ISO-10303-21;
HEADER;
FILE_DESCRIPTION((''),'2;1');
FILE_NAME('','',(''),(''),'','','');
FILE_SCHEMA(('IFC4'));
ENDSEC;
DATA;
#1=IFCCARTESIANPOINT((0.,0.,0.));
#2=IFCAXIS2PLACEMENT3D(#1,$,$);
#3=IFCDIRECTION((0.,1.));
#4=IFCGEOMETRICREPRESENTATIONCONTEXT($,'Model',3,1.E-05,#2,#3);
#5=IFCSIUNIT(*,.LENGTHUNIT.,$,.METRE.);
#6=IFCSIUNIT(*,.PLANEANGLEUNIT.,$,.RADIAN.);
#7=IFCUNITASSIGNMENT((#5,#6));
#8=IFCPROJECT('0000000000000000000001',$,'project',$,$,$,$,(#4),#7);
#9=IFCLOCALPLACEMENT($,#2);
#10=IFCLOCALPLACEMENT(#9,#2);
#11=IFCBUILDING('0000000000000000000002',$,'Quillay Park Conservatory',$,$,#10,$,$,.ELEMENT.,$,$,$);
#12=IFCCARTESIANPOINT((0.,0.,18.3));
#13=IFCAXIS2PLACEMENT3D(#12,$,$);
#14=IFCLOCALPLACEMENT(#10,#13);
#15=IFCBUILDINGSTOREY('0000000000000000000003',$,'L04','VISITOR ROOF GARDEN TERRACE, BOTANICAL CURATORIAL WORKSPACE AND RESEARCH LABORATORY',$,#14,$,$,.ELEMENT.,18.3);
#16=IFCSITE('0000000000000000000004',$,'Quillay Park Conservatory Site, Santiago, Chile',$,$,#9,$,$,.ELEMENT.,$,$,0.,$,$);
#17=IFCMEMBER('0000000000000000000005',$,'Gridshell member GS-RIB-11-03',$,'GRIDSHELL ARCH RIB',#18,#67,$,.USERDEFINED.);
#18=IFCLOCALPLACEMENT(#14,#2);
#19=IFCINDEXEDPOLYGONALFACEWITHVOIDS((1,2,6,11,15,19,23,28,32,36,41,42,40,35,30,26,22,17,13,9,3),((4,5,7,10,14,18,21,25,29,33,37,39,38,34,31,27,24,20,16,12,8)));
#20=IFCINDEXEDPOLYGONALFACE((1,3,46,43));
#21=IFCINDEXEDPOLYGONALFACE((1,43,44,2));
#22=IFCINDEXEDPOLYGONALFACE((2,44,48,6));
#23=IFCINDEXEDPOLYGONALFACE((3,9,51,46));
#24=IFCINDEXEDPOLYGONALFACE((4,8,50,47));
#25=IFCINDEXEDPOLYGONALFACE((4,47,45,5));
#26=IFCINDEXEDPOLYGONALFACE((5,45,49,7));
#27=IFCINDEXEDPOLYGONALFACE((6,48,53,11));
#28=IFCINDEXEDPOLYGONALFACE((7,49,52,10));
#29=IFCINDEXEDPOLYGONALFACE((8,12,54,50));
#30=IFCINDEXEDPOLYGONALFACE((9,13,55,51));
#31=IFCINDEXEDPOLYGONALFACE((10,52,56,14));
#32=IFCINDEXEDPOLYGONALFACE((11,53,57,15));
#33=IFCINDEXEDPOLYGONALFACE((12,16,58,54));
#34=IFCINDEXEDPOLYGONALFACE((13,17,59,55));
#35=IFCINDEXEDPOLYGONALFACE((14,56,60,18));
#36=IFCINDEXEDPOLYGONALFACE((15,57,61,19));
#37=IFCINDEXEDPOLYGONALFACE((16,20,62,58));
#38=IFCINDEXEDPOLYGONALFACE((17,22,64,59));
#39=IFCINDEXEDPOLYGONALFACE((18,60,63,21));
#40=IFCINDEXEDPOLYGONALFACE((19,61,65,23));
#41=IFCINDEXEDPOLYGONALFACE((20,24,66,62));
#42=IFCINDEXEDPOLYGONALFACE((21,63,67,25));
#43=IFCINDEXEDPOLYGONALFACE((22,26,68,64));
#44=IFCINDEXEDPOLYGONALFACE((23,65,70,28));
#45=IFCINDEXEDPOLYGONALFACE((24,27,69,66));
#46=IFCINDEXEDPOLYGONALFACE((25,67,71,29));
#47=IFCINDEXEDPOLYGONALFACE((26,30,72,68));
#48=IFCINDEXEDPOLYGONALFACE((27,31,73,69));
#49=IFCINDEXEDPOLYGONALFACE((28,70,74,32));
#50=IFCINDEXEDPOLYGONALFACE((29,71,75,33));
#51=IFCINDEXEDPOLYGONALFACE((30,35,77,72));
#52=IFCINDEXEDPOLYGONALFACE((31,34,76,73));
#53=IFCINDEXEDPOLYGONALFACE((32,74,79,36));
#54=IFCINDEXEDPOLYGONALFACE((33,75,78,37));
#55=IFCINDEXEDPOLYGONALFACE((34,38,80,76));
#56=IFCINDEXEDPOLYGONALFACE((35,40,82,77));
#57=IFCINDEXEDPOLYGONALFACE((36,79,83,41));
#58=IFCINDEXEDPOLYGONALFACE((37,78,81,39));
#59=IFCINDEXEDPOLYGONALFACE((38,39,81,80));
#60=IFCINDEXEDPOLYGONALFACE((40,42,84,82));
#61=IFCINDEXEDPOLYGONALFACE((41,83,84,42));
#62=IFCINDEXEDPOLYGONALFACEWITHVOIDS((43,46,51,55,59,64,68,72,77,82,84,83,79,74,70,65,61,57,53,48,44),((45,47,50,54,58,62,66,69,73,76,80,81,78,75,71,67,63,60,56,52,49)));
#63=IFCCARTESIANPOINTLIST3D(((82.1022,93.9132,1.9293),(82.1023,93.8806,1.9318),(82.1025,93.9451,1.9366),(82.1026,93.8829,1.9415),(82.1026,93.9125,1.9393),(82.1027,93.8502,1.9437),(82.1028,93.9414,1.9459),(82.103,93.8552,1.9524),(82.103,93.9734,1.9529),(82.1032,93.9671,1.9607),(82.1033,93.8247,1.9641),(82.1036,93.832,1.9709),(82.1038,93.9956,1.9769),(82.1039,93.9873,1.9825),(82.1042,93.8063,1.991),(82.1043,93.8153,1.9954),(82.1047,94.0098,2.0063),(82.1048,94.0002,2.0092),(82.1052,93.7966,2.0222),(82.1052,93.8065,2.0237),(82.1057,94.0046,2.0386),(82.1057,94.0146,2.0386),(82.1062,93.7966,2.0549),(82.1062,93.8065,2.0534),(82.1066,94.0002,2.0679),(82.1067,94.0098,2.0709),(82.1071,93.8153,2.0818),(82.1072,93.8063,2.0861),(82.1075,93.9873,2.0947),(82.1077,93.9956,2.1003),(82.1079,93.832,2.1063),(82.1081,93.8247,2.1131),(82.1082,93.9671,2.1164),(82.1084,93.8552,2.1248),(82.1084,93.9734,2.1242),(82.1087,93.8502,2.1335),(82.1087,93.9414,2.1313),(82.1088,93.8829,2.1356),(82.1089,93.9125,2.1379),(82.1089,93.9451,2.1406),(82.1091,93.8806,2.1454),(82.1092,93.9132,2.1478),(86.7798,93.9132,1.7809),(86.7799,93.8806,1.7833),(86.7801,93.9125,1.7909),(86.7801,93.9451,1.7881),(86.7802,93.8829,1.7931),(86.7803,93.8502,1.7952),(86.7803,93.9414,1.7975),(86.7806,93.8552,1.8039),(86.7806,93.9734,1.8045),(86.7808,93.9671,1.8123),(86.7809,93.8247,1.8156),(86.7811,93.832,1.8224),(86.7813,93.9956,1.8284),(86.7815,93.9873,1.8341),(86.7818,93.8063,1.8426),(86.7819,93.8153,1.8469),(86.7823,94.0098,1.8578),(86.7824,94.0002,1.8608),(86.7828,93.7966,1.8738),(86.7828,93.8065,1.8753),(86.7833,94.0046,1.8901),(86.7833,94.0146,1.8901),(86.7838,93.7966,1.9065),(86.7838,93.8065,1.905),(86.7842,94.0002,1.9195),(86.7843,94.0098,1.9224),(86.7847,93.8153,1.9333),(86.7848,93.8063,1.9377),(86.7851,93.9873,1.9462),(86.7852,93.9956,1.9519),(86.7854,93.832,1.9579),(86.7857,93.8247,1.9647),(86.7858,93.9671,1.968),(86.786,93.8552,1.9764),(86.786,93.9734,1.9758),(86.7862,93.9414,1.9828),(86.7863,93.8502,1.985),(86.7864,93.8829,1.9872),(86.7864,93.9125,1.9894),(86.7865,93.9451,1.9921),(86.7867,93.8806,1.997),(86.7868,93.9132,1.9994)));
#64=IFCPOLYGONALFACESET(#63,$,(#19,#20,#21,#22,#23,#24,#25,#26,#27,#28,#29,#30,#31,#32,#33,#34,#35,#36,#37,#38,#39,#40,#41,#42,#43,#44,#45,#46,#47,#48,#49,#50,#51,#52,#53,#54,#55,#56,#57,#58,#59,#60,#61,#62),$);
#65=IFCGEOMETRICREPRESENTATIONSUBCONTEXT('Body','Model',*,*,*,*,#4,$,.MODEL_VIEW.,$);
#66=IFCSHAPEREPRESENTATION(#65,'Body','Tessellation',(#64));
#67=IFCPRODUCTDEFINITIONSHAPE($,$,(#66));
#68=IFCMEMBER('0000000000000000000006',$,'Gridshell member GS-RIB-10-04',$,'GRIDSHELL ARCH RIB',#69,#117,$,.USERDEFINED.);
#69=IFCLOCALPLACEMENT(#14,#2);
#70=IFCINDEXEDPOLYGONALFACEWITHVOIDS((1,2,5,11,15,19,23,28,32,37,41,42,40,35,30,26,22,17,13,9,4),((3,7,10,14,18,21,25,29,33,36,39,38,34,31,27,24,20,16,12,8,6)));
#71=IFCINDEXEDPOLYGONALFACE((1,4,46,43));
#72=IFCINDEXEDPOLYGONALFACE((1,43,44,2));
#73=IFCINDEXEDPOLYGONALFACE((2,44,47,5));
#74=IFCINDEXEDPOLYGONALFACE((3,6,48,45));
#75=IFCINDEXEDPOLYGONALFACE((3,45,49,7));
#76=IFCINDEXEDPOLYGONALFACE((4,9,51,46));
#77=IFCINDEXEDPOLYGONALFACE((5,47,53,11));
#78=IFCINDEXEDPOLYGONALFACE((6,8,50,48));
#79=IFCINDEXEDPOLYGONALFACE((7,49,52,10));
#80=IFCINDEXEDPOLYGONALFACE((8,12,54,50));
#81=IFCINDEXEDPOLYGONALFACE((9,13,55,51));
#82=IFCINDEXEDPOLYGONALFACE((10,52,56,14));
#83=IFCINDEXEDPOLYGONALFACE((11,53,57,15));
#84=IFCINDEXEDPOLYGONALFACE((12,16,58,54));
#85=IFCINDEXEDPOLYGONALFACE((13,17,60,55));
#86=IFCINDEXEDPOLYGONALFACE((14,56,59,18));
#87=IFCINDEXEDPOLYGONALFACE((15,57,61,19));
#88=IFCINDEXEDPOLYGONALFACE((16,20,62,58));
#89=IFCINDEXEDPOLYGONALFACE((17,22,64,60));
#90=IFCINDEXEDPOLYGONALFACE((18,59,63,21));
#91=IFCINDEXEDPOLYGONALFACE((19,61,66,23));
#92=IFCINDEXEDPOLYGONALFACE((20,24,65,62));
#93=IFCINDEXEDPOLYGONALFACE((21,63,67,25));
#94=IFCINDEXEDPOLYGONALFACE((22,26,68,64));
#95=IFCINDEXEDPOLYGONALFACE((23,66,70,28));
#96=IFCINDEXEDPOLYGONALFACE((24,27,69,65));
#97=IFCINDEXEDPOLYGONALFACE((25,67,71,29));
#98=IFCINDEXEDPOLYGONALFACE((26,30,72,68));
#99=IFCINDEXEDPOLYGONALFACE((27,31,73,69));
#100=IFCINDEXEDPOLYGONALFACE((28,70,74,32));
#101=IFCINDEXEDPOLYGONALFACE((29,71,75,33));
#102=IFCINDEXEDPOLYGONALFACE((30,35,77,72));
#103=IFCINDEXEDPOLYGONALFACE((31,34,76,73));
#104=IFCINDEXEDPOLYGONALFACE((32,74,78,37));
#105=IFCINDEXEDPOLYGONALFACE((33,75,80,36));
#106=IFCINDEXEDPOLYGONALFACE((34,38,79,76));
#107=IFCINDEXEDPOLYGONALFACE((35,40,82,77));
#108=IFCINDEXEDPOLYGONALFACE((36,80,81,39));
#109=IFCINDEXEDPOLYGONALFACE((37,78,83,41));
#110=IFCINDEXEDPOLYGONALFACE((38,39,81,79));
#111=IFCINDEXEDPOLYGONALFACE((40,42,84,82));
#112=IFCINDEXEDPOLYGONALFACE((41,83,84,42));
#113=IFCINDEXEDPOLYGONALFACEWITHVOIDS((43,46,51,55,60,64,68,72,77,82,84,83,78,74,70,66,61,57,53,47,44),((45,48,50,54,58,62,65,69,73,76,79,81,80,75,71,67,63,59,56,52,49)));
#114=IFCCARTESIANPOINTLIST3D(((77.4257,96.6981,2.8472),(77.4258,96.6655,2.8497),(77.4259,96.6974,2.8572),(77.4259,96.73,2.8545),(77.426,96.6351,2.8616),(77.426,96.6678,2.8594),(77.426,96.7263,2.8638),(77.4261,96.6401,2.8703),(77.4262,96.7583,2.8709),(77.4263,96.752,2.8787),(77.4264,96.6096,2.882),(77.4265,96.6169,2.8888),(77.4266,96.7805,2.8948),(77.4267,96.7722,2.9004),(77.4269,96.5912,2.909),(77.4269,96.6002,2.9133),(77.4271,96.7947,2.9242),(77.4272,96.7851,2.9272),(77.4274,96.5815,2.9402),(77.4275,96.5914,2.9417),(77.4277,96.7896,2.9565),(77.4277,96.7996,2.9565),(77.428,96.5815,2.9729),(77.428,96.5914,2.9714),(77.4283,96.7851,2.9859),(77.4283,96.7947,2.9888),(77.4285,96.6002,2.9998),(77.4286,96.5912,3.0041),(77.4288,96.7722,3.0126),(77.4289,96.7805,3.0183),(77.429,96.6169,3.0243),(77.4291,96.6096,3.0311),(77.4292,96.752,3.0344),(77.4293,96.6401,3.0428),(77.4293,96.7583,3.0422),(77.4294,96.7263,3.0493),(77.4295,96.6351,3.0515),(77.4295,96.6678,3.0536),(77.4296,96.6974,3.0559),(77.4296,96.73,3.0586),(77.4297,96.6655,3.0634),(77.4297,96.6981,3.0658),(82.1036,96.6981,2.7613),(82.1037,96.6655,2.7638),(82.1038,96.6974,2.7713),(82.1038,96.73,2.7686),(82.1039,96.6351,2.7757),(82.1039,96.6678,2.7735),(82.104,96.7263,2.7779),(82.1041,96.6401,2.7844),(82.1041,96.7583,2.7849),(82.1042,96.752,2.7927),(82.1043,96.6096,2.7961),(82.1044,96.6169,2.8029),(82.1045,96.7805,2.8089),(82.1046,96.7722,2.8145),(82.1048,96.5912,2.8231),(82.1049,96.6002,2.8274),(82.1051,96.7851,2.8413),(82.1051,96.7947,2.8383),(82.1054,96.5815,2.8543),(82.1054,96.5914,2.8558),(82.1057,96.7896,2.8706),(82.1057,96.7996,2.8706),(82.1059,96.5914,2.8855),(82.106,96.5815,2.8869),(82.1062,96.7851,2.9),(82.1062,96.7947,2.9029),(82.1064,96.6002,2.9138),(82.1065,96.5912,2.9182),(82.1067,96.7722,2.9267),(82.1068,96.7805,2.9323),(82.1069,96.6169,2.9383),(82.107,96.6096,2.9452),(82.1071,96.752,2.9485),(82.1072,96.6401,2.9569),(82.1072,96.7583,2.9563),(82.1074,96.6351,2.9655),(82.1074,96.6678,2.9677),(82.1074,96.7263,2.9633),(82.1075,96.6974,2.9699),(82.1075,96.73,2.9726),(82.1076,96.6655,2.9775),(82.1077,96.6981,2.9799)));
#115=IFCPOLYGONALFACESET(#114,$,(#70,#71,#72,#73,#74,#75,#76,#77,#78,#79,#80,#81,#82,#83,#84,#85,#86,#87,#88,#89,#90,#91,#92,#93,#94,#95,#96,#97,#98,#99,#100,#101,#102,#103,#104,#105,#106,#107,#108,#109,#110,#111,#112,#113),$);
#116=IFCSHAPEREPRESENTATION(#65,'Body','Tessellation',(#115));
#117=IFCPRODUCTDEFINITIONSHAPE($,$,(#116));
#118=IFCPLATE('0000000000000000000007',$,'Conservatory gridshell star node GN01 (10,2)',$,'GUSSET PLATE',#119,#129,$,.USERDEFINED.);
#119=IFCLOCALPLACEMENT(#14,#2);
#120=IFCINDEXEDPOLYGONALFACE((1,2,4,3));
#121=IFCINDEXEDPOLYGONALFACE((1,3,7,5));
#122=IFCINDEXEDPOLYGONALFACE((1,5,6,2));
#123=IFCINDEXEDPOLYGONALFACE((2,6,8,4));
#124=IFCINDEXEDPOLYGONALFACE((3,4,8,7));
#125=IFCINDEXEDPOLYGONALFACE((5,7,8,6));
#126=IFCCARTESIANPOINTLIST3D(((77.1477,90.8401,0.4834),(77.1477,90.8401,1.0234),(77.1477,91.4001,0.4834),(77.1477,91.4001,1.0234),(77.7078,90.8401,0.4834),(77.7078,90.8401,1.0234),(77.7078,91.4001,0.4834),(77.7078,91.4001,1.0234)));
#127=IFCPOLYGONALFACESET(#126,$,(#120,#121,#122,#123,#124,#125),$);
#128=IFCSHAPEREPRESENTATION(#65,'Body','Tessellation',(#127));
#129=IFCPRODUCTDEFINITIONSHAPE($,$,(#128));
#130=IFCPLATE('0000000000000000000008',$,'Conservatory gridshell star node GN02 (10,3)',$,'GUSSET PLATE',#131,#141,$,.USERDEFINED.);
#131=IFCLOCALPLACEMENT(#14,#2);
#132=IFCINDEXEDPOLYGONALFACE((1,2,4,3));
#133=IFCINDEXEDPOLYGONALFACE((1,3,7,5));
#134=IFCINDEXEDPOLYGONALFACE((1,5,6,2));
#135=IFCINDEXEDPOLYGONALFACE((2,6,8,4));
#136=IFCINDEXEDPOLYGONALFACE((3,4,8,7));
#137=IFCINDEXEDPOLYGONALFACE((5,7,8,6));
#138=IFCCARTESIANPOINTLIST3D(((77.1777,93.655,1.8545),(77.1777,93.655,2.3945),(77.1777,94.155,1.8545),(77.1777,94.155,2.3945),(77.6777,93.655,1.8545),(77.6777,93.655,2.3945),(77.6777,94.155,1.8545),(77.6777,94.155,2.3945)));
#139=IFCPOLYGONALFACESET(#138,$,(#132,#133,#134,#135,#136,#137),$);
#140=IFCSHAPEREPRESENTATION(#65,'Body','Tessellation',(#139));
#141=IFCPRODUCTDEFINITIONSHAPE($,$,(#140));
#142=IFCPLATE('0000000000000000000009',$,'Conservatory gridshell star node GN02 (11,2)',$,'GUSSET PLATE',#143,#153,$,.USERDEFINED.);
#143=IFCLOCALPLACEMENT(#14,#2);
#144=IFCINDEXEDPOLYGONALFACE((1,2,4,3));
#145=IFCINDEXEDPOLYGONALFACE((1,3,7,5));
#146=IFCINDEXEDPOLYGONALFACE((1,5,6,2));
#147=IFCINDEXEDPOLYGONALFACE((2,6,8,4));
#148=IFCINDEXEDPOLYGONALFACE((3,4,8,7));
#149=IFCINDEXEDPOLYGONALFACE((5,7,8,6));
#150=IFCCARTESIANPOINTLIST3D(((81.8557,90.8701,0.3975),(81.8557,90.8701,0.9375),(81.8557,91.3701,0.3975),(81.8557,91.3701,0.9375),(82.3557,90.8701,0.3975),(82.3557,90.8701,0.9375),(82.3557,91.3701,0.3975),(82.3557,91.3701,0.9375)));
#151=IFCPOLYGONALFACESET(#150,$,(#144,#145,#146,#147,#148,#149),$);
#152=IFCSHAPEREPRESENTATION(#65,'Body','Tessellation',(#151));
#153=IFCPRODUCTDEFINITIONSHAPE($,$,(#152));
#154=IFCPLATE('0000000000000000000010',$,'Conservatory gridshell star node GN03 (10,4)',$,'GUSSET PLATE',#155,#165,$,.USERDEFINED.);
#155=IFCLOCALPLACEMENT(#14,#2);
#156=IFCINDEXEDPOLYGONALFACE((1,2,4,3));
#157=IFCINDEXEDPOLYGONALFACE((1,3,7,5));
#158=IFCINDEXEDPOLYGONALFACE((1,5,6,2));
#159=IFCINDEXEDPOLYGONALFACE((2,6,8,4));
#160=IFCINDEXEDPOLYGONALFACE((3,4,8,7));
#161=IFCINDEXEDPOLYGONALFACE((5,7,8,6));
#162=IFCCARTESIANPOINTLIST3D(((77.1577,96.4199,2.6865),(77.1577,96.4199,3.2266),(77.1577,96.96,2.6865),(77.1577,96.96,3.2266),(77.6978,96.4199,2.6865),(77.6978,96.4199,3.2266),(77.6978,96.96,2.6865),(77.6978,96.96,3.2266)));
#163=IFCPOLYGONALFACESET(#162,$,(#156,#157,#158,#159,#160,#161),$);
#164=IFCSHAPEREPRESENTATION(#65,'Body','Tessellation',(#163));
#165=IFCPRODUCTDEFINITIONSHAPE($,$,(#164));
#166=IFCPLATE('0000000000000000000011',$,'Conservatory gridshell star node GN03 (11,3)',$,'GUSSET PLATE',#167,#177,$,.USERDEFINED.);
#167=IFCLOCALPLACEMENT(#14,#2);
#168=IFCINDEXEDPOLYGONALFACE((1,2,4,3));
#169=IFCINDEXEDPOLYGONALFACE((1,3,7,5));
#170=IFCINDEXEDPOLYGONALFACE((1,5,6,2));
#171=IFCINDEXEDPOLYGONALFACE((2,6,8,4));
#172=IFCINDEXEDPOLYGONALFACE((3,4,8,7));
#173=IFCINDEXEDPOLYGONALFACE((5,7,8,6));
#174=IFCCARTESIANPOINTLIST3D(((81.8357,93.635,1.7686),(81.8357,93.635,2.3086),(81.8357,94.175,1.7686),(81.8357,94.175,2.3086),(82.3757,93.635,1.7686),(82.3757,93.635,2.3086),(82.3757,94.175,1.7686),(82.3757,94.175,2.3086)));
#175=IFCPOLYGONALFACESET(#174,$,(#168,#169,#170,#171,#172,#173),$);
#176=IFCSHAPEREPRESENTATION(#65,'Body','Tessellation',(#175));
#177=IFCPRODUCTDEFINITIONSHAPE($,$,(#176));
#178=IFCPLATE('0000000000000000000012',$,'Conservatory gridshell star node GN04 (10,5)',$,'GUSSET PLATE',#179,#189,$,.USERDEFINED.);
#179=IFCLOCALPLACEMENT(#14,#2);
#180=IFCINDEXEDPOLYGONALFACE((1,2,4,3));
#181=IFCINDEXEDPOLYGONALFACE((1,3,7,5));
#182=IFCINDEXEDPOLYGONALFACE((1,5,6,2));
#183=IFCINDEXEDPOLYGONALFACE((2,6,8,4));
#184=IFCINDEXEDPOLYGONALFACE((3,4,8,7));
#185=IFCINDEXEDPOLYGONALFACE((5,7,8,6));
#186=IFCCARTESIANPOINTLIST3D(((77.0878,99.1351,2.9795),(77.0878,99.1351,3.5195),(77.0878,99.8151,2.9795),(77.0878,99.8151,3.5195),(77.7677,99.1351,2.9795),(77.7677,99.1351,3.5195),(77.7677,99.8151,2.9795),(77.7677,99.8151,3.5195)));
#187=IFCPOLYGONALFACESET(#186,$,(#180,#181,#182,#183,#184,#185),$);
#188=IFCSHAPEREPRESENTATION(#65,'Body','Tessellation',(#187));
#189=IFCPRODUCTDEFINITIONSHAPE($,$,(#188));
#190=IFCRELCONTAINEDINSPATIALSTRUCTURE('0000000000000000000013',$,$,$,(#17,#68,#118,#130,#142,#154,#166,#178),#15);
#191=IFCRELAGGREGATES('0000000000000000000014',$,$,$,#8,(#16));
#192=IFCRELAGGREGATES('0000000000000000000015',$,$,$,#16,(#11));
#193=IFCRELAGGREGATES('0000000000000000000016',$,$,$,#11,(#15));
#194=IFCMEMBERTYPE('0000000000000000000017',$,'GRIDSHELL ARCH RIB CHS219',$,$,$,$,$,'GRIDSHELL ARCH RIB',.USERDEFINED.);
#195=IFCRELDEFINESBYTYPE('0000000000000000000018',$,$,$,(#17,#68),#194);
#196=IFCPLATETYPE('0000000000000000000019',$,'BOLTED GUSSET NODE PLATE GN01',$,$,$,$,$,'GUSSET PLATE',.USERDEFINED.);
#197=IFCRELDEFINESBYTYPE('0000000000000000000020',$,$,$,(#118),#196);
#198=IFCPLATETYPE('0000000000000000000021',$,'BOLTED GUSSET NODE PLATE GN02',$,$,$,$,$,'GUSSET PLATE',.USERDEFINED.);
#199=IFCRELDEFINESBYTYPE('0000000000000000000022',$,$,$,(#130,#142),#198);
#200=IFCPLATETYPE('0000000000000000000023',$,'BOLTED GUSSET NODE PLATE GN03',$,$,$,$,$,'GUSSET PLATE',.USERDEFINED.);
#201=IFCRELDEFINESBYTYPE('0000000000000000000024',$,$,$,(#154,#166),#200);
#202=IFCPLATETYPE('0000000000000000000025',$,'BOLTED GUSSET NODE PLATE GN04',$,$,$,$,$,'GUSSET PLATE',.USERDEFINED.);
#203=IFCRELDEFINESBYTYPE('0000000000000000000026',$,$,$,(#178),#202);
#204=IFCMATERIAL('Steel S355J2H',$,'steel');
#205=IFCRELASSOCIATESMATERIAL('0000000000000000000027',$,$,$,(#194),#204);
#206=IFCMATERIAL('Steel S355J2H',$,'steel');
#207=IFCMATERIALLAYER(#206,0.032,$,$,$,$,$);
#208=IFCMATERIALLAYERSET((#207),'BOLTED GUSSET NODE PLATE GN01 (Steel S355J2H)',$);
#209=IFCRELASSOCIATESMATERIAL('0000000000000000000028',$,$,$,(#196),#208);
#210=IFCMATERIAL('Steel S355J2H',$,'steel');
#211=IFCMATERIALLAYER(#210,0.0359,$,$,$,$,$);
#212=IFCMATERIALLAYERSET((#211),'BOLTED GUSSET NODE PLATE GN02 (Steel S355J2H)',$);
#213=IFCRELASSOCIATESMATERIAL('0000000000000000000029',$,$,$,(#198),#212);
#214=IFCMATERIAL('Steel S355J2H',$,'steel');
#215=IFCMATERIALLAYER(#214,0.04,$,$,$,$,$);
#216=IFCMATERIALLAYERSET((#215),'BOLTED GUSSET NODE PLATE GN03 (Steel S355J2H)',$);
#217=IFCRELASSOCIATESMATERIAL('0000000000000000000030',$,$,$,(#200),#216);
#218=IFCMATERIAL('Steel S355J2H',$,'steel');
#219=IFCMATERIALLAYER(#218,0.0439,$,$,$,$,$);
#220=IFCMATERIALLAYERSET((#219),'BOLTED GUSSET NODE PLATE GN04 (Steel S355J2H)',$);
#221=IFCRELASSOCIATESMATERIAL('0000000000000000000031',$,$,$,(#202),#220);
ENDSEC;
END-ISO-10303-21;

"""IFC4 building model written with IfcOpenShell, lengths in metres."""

from ifc_helpers import new_model, si_unit, direction, frame, origin, origin_2d, place, context, subcontext, project, spatial, rectangle, hollow_circle, extrude, material, layer, layer_set, material_profile, profile_set, type_object, element, save


model = new_model("IFC4")

# Units and contexts
model_context = context("Model", 3, precision=1e-05, world=origin(), true_north=direction((0.0, 1.0)))
body_context = subcontext(model_context, "Body", "Model", "MODEL_VIEW")
ifc_project = project(units=[si_unit("LENGTHUNIT", "METRE"), si_unit("PLANEANGLEUNIT", "RADIAN")], contexts=[model_context])

# Site, building, storey
site_placement = place(None, origin())
site = spatial("IfcSite", under=ifc_project, at=site_placement, Name="Quillay Park Conservatory Site, Santiago, Chile", CompositionType="ELEMENT", RefElevation=0.0)
building_placement = place(site_placement, origin())
building = spatial("IfcBuilding", under=site, at=building_placement, Name="Quillay Park Conservatory", CompositionType="ELEMENT")
storey_placement = place(building_placement, frame((0.0, 0.0, 18.3)))
storey = spatial("IfcBuildingStorey", under=building, at=storey_placement, Name="L04", Description="VISITOR ROOF GARDEN TERRACE, BOTANICAL CURATORIAL WORKSPACE AND RESEARCH LABORATORY", CompositionType="ELEMENT", Elevation=18.3)

# Members
ifc_material_1 = material(Name="Steel S355J2H", Category="steel")
ifc_material_profile_1 = material_profile(ifc_material_1, hollow_circle(Radius=0.1096, WallThickness=0.01, at=origin_2d()), Name="CHS219.1x10")
ifc_profile_set_1 = profile_set([ifc_material_profile_1], Name="Steel S355J2H")
member_type = type_object("IfcMemberType", Name="GRIDSHELL ARCH RIB CHS219", ElementType="GRIDSHELL ARCH RIB", PredefinedType="USERDEFINED", material=ifc_profile_set_1)
member_1_placement = place(storey_placement, frame((82.1057, 93.905, 2.0386), z_axis=(0.999497, 0.0, -0.031718), x_axis=(0.0, 1.0, 0.0)))
element("IfcMember", 1, at=member_1_placement, inside=storey, type_object=member_type, Name="Gridshell member GS-RIB-11-03", ObjectType="GRIDSHELL ARCH RIB", PredefinedType="USERDEFINED", context=body_context, shape_type="SweptSolid", body=[
    extrude(hollow_circle(Radius=0.1096, WallThickness=0.01, at=origin_2d()), origin(), (0.0, 0.0, 1.0), 4.6799),
])
member_2_placement = place(storey_placement, frame((77.4277, 96.6899, 2.9565), z_axis=(0.999831, 0.0, -0.018368), x_axis=(0.0, 1.0, 0.0)))
element("IfcMember", 2, at=member_2_placement, inside=storey, type_object=member_type, Name="Gridshell member GS-RIB-10-04", ObjectType="GRIDSHELL ARCH RIB", PredefinedType="USERDEFINED", context=body_context, shape_type="SweptSolid", body=[
    extrude(hollow_circle(Radius=0.1096, WallThickness=0.01, at=origin_2d()), origin(), (0.0, 0.0, 1.0), 4.6787),
])

# Plates
ifc_material_2 = material(Name="Steel S355J2H", Category="steel")
ifc_layer_1 = layer(ifc_material_2, 0.032)
ifc_layer_set_1 = layer_set([ifc_layer_1], Name="BOLTED GUSSET NODE PLATE GN01 (Steel S355J2H)")
plate_type_1 = type_object("IfcPlateType", Name="BOLTED GUSSET NODE PLATE GN01", ElementType="GUSSET PLATE", PredefinedType="USERDEFINED", material=ifc_layer_set_1)
plate_1_placement = place(storey_placement, frame((77.4277, 91.1201, 0.4834), z_axis=(0.0, 0.0, 1.0), x_axis=(1.0, 0.0, 0.0)))
element("IfcPlate", 3, at=plate_1_placement, inside=storey, type_object=plate_type_1, Name="Conservatory gridshell star node GN01 (10,2)", ObjectType="GUSSET PLATE", PredefinedType="USERDEFINED", context=body_context, shape_type="SweptSolid", body=[
    extrude(rectangle(XDim=0.5601, YDim=0.5601, at=origin_2d()), origin(), (0.0, 0.0, 1.0), 0.54),
])
ifc_material_3 = material(Name="Steel S355J2H", Category="steel")
ifc_layer_2 = layer(ifc_material_3, 0.0359)
ifc_layer_set_2 = layer_set([ifc_layer_2], Name="BOLTED GUSSET NODE PLATE GN02 (Steel S355J2H)")
plate_type_2 = type_object("IfcPlateType", Name="BOLTED GUSSET NODE PLATE GN02", ElementType="GUSSET PLATE", PredefinedType="USERDEFINED", material=ifc_layer_set_2)
for number, where, z_axis, x_axis, name in (
    (4, (77.4277, 93.905, 1.8545), (0.0, 0.0, 1.0), (1.0, 0.0, 0.0), "Conservatory gridshell star node GN02 (10,3)"),
    (5, (82.1057, 91.1201, 0.3975), (0.0, 0.0, 1.0), (1.0, 0.0, 0.0), "Conservatory gridshell star node GN02 (11,2)"),
):
    element("IfcPlate", number, at=place(storey_placement, frame(where, z_axis=z_axis, x_axis=x_axis)), inside=storey, type_object=plate_type_2, Name=name, ObjectType="GUSSET PLATE", PredefinedType="USERDEFINED", context=body_context, shape_type="SweptSolid", body=[
        extrude(rectangle(XDim=0.5, YDim=0.5, at=origin_2d()), origin(), (0.0, 0.0, 1.0), 0.54),
    ])
ifc_material_4 = material(Name="Steel S355J2H", Category="steel")
ifc_layer_3 = layer(ifc_material_4, 0.04)
ifc_layer_set_3 = layer_set([ifc_layer_3], Name="BOLTED GUSSET NODE PLATE GN03 (Steel S355J2H)")
plate_type_3 = type_object("IfcPlateType", Name="BOLTED GUSSET NODE PLATE GN03", ElementType="GUSSET PLATE", PredefinedType="USERDEFINED", material=ifc_layer_set_3)
for number, where, z_axis, x_axis, name in (
    (6, (77.4277, 96.6899, 2.6865), (0.0, 0.0, 1.0), (1.0, 0.0, 0.0), "Conservatory gridshell star node GN03 (10,4)"),
    (7, (82.1057, 93.905, 1.7686), (0.0, 0.0, 1.0), (1.0, 0.0, 0.0), "Conservatory gridshell star node GN03 (11,3)"),
):
    element("IfcPlate", number, at=place(storey_placement, frame(where, z_axis=z_axis, x_axis=x_axis)), inside=storey, type_object=plate_type_3, Name=name, ObjectType="GUSSET PLATE", PredefinedType="USERDEFINED", context=body_context, shape_type="SweptSolid", body=[
        extrude(rectangle(XDim=0.54, YDim=0.54, at=origin_2d()), origin(), (0.0, 0.0, 1.0), 0.54),
    ])
ifc_material_5 = material(Name="Steel S355J2H", Category="steel")
ifc_layer_4 = layer(ifc_material_5, 0.0439)
ifc_layer_set_4 = layer_set([ifc_layer_4], Name="BOLTED GUSSET NODE PLATE GN04 (Steel S355J2H)")
plate_type_4 = type_object("IfcPlateType", Name="BOLTED GUSSET NODE PLATE GN04", ElementType="GUSSET PLATE", PredefinedType="USERDEFINED", material=ifc_layer_set_4)
plate_2_placement = place(storey_placement, frame((77.4277, 99.4751, 2.9795), z_axis=(0.0, 0.0, 1.0), x_axis=(1.0, 0.0, 0.0)))
element("IfcPlate", 8, at=plate_2_placement, inside=storey, type_object=plate_type_4, Name="Conservatory gridshell star node GN04 (10,5)", ObjectType="GUSSET PLATE", PredefinedType="USERDEFINED", context=body_context, shape_type="SweptSolid", body=[
    extrude(rectangle(XDim=0.6799, YDim=0.6799, at=origin_2d()), origin(), (0.0, 0.0, 1.0), 0.54),
])

save(model, "model.ifc")
